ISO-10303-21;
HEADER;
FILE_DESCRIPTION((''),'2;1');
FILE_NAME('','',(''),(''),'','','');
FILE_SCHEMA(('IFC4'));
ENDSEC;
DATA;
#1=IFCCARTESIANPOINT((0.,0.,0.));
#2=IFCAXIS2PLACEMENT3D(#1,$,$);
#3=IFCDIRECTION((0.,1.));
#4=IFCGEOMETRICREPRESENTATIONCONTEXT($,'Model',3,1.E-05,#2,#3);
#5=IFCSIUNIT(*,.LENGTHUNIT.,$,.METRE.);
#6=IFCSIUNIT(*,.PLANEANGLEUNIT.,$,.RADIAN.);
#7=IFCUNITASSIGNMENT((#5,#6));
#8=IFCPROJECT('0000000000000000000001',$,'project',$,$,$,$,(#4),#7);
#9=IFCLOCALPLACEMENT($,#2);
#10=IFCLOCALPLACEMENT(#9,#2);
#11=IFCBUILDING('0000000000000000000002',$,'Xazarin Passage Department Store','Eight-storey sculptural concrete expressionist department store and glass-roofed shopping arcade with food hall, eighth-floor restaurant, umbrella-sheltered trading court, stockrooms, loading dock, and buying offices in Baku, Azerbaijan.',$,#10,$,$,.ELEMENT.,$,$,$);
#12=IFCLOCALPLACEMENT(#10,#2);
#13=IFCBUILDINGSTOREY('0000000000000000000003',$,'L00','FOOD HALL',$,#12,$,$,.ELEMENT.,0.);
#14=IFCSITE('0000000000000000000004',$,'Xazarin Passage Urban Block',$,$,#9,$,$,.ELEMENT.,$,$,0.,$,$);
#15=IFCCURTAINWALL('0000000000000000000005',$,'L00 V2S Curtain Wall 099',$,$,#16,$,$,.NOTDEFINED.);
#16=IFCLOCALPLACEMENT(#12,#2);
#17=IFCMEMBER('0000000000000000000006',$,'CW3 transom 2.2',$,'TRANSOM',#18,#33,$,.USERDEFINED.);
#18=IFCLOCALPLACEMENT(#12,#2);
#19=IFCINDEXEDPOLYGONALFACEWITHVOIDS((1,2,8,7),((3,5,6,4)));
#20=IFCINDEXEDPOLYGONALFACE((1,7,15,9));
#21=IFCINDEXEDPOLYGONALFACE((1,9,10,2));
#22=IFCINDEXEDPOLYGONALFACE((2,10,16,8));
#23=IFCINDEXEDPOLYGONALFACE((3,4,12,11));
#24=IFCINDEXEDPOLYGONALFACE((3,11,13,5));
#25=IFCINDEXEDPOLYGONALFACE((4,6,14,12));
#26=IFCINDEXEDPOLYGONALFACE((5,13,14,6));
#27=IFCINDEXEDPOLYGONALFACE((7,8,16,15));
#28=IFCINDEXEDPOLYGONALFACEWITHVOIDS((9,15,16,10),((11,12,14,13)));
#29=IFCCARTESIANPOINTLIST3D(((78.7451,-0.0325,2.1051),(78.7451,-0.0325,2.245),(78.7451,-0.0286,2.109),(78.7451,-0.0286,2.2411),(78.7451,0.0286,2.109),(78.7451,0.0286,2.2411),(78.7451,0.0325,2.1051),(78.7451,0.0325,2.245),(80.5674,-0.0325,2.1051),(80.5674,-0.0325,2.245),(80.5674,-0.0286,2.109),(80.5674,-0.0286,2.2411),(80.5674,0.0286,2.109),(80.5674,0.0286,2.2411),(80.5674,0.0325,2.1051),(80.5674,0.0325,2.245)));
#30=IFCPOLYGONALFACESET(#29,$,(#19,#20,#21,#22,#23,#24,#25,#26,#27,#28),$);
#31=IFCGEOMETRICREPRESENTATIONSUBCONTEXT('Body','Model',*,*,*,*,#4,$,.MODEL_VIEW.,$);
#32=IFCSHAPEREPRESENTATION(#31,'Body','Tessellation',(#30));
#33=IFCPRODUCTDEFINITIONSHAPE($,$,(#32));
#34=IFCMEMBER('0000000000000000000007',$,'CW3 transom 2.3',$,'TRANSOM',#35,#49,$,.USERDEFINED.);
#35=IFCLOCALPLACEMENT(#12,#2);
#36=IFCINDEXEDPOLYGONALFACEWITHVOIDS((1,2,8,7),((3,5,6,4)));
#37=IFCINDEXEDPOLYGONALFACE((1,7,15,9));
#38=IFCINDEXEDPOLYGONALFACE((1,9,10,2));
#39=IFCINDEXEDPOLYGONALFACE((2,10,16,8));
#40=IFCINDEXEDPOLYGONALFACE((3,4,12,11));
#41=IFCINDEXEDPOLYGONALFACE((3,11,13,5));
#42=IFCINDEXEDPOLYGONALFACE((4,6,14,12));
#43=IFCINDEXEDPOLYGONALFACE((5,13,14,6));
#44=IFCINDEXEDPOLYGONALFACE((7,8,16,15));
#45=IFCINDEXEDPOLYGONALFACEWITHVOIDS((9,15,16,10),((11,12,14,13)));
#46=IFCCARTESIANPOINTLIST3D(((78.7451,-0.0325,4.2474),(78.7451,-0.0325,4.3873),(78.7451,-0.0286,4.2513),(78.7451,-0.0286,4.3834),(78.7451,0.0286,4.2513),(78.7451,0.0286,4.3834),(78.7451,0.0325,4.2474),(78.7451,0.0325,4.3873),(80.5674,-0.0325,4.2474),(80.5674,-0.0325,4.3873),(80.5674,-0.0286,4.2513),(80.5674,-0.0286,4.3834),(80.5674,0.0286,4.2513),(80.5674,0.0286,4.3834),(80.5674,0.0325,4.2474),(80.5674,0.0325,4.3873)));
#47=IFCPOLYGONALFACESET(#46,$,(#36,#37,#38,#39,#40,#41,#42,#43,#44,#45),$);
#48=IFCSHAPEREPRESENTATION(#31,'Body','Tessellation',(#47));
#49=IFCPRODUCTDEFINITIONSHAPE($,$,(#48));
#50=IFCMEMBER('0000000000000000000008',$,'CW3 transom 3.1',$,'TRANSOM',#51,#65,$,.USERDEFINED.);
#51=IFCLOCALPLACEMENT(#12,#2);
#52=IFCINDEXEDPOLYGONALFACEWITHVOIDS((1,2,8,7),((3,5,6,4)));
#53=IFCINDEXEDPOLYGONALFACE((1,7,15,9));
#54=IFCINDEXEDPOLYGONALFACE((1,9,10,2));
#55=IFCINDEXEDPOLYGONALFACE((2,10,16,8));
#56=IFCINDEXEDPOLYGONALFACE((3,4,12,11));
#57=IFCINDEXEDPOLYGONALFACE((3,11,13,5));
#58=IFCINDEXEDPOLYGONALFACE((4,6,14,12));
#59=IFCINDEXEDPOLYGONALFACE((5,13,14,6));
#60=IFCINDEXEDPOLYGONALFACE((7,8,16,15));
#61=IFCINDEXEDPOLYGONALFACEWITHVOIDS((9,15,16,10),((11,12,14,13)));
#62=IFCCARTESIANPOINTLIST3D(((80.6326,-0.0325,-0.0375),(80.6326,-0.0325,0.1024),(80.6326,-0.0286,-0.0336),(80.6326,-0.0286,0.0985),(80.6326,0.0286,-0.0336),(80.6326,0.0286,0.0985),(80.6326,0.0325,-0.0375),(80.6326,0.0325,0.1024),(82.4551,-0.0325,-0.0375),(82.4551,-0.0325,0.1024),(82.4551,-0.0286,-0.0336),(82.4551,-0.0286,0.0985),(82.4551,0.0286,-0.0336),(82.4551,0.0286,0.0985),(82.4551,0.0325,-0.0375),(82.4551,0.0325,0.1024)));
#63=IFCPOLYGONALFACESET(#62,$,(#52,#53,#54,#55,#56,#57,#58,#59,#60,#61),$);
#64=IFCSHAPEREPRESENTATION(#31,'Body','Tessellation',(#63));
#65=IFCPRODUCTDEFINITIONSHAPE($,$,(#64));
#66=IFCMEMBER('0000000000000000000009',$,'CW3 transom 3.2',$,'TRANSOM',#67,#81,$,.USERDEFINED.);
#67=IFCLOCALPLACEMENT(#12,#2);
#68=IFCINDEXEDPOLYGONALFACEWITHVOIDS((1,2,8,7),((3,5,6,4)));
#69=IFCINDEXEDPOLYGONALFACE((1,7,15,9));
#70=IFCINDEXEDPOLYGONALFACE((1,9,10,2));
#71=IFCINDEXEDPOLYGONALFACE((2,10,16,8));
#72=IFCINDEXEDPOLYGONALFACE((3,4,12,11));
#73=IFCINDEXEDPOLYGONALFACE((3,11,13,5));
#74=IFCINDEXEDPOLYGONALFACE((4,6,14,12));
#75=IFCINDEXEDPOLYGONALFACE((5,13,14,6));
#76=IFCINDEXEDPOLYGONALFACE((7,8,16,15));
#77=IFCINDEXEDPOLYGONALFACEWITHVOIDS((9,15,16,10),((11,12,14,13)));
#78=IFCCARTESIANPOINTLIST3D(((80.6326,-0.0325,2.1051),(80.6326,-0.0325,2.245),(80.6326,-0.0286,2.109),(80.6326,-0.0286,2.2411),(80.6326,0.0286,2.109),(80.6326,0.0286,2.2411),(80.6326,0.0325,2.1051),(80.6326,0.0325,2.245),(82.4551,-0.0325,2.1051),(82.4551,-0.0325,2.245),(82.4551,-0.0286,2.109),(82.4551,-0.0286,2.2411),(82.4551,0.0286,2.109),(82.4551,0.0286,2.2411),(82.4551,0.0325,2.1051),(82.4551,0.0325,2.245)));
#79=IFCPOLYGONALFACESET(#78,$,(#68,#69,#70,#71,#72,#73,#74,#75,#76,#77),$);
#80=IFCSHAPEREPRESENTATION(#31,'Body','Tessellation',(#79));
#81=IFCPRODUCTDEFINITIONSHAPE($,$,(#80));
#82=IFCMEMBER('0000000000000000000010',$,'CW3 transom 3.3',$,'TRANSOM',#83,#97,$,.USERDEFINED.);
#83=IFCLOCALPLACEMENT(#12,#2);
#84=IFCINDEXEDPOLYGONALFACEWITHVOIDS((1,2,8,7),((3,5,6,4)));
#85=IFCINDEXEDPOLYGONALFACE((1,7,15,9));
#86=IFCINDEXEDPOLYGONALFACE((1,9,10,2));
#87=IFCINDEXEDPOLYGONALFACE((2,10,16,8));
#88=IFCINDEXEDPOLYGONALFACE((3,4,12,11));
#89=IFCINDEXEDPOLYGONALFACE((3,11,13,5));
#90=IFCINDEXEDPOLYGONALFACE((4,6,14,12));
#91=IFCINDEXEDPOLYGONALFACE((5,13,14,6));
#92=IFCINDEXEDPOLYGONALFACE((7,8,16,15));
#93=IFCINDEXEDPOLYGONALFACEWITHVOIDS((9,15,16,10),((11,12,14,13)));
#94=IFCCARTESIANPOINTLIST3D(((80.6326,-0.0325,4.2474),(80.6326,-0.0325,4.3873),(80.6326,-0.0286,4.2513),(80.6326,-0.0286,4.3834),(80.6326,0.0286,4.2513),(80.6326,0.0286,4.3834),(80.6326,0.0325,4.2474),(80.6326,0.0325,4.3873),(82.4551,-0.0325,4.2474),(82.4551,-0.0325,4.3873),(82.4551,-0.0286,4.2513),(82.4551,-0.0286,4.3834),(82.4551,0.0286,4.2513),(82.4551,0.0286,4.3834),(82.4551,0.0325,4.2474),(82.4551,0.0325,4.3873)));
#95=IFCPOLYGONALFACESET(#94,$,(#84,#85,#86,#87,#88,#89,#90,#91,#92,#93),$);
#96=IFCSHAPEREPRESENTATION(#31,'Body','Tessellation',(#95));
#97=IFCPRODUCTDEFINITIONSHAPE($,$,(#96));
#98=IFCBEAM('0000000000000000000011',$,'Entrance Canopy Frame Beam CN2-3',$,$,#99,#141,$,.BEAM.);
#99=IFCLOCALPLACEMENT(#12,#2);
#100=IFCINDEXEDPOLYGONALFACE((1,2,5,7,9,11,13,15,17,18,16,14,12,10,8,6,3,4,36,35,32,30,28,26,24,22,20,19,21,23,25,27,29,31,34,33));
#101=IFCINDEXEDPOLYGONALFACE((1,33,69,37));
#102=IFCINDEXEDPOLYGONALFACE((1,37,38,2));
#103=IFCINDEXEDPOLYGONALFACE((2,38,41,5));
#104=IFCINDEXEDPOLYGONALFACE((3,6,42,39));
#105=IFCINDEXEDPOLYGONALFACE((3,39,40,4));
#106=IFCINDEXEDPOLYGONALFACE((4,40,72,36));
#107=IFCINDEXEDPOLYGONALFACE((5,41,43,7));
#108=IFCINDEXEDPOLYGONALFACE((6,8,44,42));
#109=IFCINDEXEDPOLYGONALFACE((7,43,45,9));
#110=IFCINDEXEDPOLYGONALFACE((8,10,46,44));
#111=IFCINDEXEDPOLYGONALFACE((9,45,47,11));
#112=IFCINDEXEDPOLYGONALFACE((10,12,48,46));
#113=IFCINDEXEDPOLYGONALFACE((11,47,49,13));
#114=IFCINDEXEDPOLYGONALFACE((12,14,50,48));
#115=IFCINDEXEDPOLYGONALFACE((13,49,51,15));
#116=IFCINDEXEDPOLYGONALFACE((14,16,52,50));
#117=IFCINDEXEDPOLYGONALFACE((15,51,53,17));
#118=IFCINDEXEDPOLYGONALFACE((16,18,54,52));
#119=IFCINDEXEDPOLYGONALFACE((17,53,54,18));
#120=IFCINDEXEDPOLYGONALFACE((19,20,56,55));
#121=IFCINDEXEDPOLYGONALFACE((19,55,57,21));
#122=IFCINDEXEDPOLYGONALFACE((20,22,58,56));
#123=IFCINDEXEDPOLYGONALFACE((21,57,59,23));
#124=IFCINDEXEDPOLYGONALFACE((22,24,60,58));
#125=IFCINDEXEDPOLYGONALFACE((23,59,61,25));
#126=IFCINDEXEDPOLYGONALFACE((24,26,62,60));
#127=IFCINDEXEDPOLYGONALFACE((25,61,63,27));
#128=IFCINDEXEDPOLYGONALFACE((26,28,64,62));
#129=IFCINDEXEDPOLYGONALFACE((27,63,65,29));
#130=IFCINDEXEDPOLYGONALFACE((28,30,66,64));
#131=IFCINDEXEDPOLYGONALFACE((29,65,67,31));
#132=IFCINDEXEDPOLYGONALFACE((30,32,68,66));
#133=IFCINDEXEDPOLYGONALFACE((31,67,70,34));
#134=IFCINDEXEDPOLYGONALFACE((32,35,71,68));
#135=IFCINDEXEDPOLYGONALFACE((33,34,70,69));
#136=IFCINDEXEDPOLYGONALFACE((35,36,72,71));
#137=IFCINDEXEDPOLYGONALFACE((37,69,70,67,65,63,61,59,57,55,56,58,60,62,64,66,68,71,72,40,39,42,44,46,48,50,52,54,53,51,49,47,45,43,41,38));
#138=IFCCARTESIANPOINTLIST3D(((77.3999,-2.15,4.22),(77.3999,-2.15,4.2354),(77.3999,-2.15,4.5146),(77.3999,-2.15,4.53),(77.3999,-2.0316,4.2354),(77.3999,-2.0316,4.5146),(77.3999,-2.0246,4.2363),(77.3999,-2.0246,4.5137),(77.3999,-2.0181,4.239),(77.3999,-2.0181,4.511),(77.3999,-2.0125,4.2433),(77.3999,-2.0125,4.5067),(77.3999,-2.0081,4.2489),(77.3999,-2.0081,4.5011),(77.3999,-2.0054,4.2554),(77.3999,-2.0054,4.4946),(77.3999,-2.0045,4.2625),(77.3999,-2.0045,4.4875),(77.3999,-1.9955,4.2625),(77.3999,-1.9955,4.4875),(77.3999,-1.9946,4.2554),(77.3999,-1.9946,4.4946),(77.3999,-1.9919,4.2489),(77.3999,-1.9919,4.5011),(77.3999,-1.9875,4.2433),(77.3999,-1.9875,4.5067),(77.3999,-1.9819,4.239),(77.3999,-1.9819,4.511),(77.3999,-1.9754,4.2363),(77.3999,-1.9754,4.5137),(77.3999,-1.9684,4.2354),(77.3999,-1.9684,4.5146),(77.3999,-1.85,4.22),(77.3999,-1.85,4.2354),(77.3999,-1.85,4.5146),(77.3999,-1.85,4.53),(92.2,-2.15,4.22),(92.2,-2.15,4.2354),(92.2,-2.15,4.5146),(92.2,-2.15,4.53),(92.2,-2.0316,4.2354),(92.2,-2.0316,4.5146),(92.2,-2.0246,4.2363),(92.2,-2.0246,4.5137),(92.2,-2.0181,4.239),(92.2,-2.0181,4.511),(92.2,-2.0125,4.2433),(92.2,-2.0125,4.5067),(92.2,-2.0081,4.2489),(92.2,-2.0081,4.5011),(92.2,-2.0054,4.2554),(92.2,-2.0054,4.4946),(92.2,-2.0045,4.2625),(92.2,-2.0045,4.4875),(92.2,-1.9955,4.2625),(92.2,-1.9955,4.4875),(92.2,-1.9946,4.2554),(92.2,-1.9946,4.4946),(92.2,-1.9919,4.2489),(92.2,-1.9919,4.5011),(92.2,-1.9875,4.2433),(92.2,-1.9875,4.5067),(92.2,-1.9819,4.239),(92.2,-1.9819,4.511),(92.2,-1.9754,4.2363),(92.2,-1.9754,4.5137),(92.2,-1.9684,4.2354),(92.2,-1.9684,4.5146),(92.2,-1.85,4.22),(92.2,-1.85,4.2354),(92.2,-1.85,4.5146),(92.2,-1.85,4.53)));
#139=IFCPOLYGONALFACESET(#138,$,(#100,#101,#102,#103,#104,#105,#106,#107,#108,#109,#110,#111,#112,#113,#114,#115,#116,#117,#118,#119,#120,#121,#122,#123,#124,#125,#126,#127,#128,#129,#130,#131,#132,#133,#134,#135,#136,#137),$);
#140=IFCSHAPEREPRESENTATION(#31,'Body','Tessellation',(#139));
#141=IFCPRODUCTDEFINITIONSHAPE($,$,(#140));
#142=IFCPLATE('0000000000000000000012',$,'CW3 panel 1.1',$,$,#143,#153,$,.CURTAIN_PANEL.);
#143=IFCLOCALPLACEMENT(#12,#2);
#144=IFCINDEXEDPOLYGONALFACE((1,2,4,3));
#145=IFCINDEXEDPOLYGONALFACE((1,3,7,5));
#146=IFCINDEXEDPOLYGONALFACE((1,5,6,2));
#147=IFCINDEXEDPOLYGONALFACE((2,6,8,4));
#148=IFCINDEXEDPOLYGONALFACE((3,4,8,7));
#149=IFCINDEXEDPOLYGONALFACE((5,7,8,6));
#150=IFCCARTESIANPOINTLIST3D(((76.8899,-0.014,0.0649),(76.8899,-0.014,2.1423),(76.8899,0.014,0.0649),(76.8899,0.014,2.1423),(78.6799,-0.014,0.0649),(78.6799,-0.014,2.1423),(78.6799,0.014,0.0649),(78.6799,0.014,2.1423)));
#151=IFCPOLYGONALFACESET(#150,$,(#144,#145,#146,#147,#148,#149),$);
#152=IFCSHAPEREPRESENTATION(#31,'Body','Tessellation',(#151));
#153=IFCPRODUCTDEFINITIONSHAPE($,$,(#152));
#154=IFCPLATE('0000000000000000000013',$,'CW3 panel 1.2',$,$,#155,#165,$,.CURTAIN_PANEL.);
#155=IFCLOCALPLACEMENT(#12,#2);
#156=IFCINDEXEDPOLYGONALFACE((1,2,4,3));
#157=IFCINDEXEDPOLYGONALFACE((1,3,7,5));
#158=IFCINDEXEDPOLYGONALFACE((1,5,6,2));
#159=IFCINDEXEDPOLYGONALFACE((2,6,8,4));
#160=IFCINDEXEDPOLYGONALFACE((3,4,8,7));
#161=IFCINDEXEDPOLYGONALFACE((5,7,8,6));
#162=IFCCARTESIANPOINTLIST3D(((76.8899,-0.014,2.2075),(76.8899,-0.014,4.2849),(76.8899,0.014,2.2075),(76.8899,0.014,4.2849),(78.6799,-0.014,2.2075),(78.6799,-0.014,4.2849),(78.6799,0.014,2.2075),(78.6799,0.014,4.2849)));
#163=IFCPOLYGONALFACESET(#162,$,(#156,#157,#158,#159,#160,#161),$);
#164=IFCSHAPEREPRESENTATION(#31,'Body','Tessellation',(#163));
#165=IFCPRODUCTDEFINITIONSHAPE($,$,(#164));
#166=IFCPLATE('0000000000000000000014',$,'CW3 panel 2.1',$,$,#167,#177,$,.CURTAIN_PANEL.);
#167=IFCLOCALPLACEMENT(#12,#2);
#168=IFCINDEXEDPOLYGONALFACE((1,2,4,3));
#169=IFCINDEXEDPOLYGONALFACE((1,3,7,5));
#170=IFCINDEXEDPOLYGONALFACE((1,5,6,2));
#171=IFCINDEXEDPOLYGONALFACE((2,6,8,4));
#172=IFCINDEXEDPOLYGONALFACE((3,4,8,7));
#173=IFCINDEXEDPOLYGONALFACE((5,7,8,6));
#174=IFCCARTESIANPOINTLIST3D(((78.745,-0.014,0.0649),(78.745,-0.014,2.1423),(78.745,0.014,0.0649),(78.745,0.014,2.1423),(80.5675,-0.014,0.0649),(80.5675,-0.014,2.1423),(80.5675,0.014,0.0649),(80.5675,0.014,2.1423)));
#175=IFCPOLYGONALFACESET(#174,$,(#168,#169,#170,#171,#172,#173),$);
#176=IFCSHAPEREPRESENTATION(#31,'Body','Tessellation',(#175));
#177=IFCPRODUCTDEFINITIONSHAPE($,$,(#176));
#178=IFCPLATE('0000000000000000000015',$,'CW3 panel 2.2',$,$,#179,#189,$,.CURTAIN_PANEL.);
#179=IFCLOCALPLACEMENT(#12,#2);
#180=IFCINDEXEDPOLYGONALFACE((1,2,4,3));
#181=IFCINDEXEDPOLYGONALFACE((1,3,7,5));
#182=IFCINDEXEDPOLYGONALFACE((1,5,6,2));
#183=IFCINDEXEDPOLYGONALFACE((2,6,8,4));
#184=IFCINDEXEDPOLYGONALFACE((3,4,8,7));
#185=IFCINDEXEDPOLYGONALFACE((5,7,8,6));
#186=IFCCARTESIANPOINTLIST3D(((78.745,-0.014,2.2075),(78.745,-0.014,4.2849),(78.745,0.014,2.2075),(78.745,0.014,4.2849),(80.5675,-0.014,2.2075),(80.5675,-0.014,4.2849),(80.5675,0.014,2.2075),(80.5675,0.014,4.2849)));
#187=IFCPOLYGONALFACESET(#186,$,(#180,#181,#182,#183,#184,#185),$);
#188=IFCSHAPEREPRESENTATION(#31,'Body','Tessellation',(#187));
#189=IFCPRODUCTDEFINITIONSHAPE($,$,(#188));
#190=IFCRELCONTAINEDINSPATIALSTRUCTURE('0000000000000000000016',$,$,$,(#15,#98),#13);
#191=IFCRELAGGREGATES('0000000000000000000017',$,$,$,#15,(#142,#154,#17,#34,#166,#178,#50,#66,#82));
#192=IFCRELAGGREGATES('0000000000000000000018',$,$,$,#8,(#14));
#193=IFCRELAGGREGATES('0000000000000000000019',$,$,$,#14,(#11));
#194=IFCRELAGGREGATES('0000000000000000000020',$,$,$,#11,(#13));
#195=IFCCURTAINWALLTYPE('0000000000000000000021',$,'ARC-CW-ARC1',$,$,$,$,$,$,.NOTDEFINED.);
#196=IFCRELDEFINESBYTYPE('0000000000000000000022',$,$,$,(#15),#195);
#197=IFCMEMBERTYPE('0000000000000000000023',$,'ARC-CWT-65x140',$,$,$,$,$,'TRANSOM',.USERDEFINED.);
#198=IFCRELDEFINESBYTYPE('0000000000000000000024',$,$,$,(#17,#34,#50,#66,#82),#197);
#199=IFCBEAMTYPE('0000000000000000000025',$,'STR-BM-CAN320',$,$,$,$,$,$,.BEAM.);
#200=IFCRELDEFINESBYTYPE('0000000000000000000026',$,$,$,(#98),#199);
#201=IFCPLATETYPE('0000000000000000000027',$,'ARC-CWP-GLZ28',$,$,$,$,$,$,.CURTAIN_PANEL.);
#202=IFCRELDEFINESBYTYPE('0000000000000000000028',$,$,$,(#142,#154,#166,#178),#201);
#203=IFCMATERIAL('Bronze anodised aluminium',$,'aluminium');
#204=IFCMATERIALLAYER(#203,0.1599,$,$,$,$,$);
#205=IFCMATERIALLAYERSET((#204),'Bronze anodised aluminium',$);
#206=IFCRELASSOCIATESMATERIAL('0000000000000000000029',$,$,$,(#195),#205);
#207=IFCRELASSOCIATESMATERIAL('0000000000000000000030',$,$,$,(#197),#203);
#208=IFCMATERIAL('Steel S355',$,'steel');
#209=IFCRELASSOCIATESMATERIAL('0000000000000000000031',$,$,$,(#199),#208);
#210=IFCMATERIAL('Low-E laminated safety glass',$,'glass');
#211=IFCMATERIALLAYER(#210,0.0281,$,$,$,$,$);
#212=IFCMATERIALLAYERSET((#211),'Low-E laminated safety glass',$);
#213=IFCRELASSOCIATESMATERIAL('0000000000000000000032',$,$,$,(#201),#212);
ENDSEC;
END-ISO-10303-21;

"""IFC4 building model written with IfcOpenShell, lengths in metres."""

from ifc_helpers import new_model, si_unit, direction, frame, origin, origin_2d, place, context, subcontext, project, spatial, rectangle, hollow_rectangle, i_section, extrude, material, layer, layer_set, material_profile, profile_set, type_object, element, aggregate, save


model = new_model("IFC4")

# Units and contexts
model_context = context("Model", 3, precision=1e-05, world=origin(), true_north=direction((0.0, 1.0)))
body_context = subcontext(model_context, "Body", "Model", "MODEL_VIEW")
ifc_project = project(units=[si_unit("LENGTHUNIT", "METRE"), si_unit("PLANEANGLEUNIT", "RADIAN")], contexts=[model_context])

# Site, building, storey
site_placement = place(None, origin())
site = spatial("IfcSite", under=ifc_project, at=site_placement, Name="Xazarin Passage Urban Block", CompositionType="ELEMENT", RefElevation=0.0)
building_placement = place(site_placement, origin())
building = spatial("IfcBuilding", under=site, at=building_placement, Name="Xazarin Passage Department Store", Description="Eight-storey sculptural concrete expressionist department store and glass-roofed shopping arcade with food hall, eighth-floor restaurant, umbrella-sheltered trading court, stockrooms, loading dock, and buying offices in Baku, Azerbaijan.", CompositionType="ELEMENT")
storey_placement = place(building_placement, origin())
storey = spatial("IfcBuildingStorey", under=building, at=storey_placement, Name="L00", Description="FOOD HALL", CompositionType="ELEMENT", Elevation=0.0)

# Curtain wall, members
ifc_material_1 = material(Name="Bronze anodised aluminium", Category="aluminium")
ifc_layer_1 = layer(ifc_material_1, 0.1599)
ifc_layer_set_1 = layer_set([ifc_layer_1], Name="Bronze anodised aluminium")
curtain_wall_type = type_object("IfcCurtainWallType", Name="ARC-CW-ARC1", PredefinedType="NOTDEFINED", material=ifc_layer_set_1)
curtain_wall_placement = place(storey_placement, origin())
curtain_wall = element("IfcCurtainWall", 1, at=curtain_wall_placement, inside=storey, type_object=curtain_wall_type, Name="L00 V2S Curtain Wall 099", PredefinedType="NOTDEFINED")
ifc_material_profile_1 = material_profile(ifc_material_1, hollow_rectangle(XDim=0.0649, YDim=0.1399, WallThickness=0.0039, at=origin_2d()), Name="ALU 65x140")
ifc_profile_set_1 = profile_set([ifc_material_profile_1], Name="Bronze anodised aluminium")
member_type_1 = type_object("IfcMemberType", Name="ARC-CWT-65x140", ElementType="TRANSOM", PredefinedType="USERDEFINED", material=ifc_profile_set_1)
member_1_placement = place(storey_placement, frame((78.7451, 0.0, 2.175), z_axis=(1.0, 0.0, 0.0), x_axis=(0.0, 1.0, 0.0)))
member_1 = element("IfcMember", 2, at=member_1_placement, type_object=member_type_1, Name="CW3 transom 2.2", ObjectType="TRANSOM", PredefinedType="USERDEFINED", context=body_context, shape_type="SweptSolid", body=[
    extrude(hollow_rectangle(XDim=0.0649, YDim=0.1399, WallThickness=0.0039, at=origin_2d()), origin(), (0.0, 0.0, 1.0), 1.8223),
])
member_2_placement = place(storey_placement, frame((78.7451, 0.0, 4.3174), z_axis=(1.0, 0.0, 0.0), x_axis=(0.0, 1.0, 0.0)))
member_2 = element("IfcMember", 3, at=member_2_placement, type_object=member_type_1, Name="CW3 transom 2.3", ObjectType="TRANSOM", PredefinedType="USERDEFINED", context=body_context, shape_type="SweptSolid", body=[
    extrude(hollow_rectangle(XDim=0.0649, YDim=0.1399, WallThickness=0.0039, at=origin_2d()), origin(), (0.0, 0.0, 1.0), 1.8223),
])
member_3_placement = place(storey_placement, frame((80.6326, 0.0, 0.0325), z_axis=(1.0, 0.0, 0.0), x_axis=(0.0, 1.0, 0.0)))
member_3 = element("IfcMember", 4, at=member_3_placement, type_object=member_type_1, Name="CW3 transom 3.1", ObjectType="TRANSOM", PredefinedType="USERDEFINED", context=body_context, shape_type="SweptSolid", body=[
    extrude(hollow_rectangle(XDim=0.0649, YDim=0.1399, WallThickness=0.0039, at=origin_2d()), origin(), (0.0, 0.0, 1.0), 1.8225),
])
member_4_placement = place(storey_placement, frame((80.6326, 0.0, 2.175), z_axis=(1.0, 0.0, 0.0), x_axis=(0.0, 1.0, 0.0)))
member_4 = element("IfcMember", 5, at=member_4_placement, type_object=member_type_1, Name="CW3 transom 3.2", ObjectType="TRANSOM", PredefinedType="USERDEFINED", context=body_context, shape_type="SweptSolid", body=[
    extrude(hollow_rectangle(XDim=0.0649, YDim=0.1399, WallThickness=0.0039, at=origin_2d()), origin(), (0.0, 0.0, 1.0), 1.8225),
])
member_5_placement = place(storey_placement, frame((80.6326, 0.0, 4.3174), z_axis=(1.0, 0.0, 0.0), x_axis=(0.0, 1.0, 0.0)))
member_5 = element("IfcMember", 6, at=member_5_placement, type_object=member_type_1, Name="CW3 transom 3.3", ObjectType="TRANSOM", PredefinedType="USERDEFINED", context=body_context, shape_type="SweptSolid", body=[
    extrude(hollow_rectangle(XDim=0.0649, YDim=0.1399, WallThickness=0.0039, at=origin_2d()), origin(), (0.0, 0.0, 1.0), 1.8225),
])

# Beam
ifc_material_2 = material(Name="Steel S355", Category="steel")
ifc_material_profile_2 = material_profile(ifc_material_2, i_section(OverallWidth=0.3, OverallDepth=0.3101, WebThickness=0.009, FlangeThickness=0.0154, FilletRadius=0.0271, at=origin_2d()), Name="HEA 320")
ifc_profile_set_2 = profile_set([ifc_material_profile_2], Name="Steel S355")
beam_type = type_object("IfcBeamType", Name="STR-BM-CAN320", PredefinedType="BEAM", material=ifc_profile_set_2)
beam_placement = place(storey_placement, frame((77.3999, -2.0, 4.375), z_axis=(1.0, 0.0, 0.0), x_axis=(0.0, 1.0, 0.0)))
element("IfcBeam", 7, at=beam_placement, inside=storey, type_object=beam_type, Name="Entrance Canopy Frame Beam CN2-3", PredefinedType="BEAM", context=body_context, shape_type="SweptSolid", body=[
    extrude(i_section(OverallWidth=0.3, OverallDepth=0.3101, WebThickness=0.009, FlangeThickness=0.0154, FilletRadius=0.0271, at=origin_2d()), origin(), (0.0, 0.0, 1.0), 14.8),
])

# Plates
ifc_material_3 = material(Name="Low-E laminated safety glass", Category="glass")
ifc_layer_2 = layer(ifc_material_3, 0.0281)
ifc_layer_set_2 = layer_set([ifc_layer_2], Name="Low-E laminated safety glass")
plate_type_1 = type_object("IfcPlateType", Name="ARC-CWP-GLZ28", PredefinedType="CURTAIN_PANEL", material=ifc_layer_set_2)
plate_1_placement = place(storey_placement, frame((77.7849, 0.0, 0.0649), z_axis=(0.0, 0.0, 1.0), x_axis=(1.0, 0.0, 0.0)))
plate_1 = element("IfcPlate", 8, at=plate_1_placement, type_object=plate_type_1, Name="CW3 panel 1.1", PredefinedType="CURTAIN_PANEL", context=body_context, shape_type="SweptSolid", body=[
    extrude(rectangle(XDim=1.79, YDim=0.0281, at=origin_2d()), origin(), (0.0, 0.0, 1.0), 2.0774),
])
plate_2_placement = place(storey_placement, frame((77.7849, 0.0, 2.2075), z_axis=(0.0, 0.0, 1.0), x_axis=(1.0, 0.0, 0.0)))
plate_2 = element("IfcPlate", 9, at=plate_2_placement, type_object=plate_type_1, Name="CW3 panel 1.2", PredefinedType="CURTAIN_PANEL", context=body_context, shape_type="SweptSolid", body=[
    extrude(rectangle(XDim=1.79, YDim=0.0281, at=origin_2d()), origin(), (0.0, 0.0, 1.0), 2.0774),
])
plate_3_placement = place(storey_placement, frame((79.6562, 0.0, 0.0649), z_axis=(0.0, 0.0, 1.0), x_axis=(1.0, 0.0, 0.0)))
plate_3 = element("IfcPlate", 10, at=plate_3_placement, type_object=plate_type_1, Name="CW3 panel 2.1", PredefinedType="CURTAIN_PANEL", context=body_context, shape_type="SweptSolid", body=[
    extrude(rectangle(XDim=1.8225, YDim=0.0281, at=origin_2d()), origin(), (0.0, 0.0, 1.0), 2.0774),
])
plate_4_placement = place(storey_placement, frame((79.6562, 0.0, 2.2075), z_axis=(0.0, 0.0, 1.0), x_axis=(1.0, 0.0, 0.0)))
plate_4 = element("IfcPlate", 11, at=plate_4_placement, type_object=plate_type_1, Name="CW3 panel 2.2", PredefinedType="CURTAIN_PANEL", context=body_context, shape_type="SweptSolid", body=[
    extrude(rectangle(XDim=1.8225, YDim=0.0281, at=origin_2d()), origin(), (0.0, 0.0, 1.0), 2.0774),
])
aggregate(curtain_wall, [plate_1, plate_2, member_1, member_2, plate_3, plate_4, member_3, member_4, member_5])

save(model, "model.ifc")
